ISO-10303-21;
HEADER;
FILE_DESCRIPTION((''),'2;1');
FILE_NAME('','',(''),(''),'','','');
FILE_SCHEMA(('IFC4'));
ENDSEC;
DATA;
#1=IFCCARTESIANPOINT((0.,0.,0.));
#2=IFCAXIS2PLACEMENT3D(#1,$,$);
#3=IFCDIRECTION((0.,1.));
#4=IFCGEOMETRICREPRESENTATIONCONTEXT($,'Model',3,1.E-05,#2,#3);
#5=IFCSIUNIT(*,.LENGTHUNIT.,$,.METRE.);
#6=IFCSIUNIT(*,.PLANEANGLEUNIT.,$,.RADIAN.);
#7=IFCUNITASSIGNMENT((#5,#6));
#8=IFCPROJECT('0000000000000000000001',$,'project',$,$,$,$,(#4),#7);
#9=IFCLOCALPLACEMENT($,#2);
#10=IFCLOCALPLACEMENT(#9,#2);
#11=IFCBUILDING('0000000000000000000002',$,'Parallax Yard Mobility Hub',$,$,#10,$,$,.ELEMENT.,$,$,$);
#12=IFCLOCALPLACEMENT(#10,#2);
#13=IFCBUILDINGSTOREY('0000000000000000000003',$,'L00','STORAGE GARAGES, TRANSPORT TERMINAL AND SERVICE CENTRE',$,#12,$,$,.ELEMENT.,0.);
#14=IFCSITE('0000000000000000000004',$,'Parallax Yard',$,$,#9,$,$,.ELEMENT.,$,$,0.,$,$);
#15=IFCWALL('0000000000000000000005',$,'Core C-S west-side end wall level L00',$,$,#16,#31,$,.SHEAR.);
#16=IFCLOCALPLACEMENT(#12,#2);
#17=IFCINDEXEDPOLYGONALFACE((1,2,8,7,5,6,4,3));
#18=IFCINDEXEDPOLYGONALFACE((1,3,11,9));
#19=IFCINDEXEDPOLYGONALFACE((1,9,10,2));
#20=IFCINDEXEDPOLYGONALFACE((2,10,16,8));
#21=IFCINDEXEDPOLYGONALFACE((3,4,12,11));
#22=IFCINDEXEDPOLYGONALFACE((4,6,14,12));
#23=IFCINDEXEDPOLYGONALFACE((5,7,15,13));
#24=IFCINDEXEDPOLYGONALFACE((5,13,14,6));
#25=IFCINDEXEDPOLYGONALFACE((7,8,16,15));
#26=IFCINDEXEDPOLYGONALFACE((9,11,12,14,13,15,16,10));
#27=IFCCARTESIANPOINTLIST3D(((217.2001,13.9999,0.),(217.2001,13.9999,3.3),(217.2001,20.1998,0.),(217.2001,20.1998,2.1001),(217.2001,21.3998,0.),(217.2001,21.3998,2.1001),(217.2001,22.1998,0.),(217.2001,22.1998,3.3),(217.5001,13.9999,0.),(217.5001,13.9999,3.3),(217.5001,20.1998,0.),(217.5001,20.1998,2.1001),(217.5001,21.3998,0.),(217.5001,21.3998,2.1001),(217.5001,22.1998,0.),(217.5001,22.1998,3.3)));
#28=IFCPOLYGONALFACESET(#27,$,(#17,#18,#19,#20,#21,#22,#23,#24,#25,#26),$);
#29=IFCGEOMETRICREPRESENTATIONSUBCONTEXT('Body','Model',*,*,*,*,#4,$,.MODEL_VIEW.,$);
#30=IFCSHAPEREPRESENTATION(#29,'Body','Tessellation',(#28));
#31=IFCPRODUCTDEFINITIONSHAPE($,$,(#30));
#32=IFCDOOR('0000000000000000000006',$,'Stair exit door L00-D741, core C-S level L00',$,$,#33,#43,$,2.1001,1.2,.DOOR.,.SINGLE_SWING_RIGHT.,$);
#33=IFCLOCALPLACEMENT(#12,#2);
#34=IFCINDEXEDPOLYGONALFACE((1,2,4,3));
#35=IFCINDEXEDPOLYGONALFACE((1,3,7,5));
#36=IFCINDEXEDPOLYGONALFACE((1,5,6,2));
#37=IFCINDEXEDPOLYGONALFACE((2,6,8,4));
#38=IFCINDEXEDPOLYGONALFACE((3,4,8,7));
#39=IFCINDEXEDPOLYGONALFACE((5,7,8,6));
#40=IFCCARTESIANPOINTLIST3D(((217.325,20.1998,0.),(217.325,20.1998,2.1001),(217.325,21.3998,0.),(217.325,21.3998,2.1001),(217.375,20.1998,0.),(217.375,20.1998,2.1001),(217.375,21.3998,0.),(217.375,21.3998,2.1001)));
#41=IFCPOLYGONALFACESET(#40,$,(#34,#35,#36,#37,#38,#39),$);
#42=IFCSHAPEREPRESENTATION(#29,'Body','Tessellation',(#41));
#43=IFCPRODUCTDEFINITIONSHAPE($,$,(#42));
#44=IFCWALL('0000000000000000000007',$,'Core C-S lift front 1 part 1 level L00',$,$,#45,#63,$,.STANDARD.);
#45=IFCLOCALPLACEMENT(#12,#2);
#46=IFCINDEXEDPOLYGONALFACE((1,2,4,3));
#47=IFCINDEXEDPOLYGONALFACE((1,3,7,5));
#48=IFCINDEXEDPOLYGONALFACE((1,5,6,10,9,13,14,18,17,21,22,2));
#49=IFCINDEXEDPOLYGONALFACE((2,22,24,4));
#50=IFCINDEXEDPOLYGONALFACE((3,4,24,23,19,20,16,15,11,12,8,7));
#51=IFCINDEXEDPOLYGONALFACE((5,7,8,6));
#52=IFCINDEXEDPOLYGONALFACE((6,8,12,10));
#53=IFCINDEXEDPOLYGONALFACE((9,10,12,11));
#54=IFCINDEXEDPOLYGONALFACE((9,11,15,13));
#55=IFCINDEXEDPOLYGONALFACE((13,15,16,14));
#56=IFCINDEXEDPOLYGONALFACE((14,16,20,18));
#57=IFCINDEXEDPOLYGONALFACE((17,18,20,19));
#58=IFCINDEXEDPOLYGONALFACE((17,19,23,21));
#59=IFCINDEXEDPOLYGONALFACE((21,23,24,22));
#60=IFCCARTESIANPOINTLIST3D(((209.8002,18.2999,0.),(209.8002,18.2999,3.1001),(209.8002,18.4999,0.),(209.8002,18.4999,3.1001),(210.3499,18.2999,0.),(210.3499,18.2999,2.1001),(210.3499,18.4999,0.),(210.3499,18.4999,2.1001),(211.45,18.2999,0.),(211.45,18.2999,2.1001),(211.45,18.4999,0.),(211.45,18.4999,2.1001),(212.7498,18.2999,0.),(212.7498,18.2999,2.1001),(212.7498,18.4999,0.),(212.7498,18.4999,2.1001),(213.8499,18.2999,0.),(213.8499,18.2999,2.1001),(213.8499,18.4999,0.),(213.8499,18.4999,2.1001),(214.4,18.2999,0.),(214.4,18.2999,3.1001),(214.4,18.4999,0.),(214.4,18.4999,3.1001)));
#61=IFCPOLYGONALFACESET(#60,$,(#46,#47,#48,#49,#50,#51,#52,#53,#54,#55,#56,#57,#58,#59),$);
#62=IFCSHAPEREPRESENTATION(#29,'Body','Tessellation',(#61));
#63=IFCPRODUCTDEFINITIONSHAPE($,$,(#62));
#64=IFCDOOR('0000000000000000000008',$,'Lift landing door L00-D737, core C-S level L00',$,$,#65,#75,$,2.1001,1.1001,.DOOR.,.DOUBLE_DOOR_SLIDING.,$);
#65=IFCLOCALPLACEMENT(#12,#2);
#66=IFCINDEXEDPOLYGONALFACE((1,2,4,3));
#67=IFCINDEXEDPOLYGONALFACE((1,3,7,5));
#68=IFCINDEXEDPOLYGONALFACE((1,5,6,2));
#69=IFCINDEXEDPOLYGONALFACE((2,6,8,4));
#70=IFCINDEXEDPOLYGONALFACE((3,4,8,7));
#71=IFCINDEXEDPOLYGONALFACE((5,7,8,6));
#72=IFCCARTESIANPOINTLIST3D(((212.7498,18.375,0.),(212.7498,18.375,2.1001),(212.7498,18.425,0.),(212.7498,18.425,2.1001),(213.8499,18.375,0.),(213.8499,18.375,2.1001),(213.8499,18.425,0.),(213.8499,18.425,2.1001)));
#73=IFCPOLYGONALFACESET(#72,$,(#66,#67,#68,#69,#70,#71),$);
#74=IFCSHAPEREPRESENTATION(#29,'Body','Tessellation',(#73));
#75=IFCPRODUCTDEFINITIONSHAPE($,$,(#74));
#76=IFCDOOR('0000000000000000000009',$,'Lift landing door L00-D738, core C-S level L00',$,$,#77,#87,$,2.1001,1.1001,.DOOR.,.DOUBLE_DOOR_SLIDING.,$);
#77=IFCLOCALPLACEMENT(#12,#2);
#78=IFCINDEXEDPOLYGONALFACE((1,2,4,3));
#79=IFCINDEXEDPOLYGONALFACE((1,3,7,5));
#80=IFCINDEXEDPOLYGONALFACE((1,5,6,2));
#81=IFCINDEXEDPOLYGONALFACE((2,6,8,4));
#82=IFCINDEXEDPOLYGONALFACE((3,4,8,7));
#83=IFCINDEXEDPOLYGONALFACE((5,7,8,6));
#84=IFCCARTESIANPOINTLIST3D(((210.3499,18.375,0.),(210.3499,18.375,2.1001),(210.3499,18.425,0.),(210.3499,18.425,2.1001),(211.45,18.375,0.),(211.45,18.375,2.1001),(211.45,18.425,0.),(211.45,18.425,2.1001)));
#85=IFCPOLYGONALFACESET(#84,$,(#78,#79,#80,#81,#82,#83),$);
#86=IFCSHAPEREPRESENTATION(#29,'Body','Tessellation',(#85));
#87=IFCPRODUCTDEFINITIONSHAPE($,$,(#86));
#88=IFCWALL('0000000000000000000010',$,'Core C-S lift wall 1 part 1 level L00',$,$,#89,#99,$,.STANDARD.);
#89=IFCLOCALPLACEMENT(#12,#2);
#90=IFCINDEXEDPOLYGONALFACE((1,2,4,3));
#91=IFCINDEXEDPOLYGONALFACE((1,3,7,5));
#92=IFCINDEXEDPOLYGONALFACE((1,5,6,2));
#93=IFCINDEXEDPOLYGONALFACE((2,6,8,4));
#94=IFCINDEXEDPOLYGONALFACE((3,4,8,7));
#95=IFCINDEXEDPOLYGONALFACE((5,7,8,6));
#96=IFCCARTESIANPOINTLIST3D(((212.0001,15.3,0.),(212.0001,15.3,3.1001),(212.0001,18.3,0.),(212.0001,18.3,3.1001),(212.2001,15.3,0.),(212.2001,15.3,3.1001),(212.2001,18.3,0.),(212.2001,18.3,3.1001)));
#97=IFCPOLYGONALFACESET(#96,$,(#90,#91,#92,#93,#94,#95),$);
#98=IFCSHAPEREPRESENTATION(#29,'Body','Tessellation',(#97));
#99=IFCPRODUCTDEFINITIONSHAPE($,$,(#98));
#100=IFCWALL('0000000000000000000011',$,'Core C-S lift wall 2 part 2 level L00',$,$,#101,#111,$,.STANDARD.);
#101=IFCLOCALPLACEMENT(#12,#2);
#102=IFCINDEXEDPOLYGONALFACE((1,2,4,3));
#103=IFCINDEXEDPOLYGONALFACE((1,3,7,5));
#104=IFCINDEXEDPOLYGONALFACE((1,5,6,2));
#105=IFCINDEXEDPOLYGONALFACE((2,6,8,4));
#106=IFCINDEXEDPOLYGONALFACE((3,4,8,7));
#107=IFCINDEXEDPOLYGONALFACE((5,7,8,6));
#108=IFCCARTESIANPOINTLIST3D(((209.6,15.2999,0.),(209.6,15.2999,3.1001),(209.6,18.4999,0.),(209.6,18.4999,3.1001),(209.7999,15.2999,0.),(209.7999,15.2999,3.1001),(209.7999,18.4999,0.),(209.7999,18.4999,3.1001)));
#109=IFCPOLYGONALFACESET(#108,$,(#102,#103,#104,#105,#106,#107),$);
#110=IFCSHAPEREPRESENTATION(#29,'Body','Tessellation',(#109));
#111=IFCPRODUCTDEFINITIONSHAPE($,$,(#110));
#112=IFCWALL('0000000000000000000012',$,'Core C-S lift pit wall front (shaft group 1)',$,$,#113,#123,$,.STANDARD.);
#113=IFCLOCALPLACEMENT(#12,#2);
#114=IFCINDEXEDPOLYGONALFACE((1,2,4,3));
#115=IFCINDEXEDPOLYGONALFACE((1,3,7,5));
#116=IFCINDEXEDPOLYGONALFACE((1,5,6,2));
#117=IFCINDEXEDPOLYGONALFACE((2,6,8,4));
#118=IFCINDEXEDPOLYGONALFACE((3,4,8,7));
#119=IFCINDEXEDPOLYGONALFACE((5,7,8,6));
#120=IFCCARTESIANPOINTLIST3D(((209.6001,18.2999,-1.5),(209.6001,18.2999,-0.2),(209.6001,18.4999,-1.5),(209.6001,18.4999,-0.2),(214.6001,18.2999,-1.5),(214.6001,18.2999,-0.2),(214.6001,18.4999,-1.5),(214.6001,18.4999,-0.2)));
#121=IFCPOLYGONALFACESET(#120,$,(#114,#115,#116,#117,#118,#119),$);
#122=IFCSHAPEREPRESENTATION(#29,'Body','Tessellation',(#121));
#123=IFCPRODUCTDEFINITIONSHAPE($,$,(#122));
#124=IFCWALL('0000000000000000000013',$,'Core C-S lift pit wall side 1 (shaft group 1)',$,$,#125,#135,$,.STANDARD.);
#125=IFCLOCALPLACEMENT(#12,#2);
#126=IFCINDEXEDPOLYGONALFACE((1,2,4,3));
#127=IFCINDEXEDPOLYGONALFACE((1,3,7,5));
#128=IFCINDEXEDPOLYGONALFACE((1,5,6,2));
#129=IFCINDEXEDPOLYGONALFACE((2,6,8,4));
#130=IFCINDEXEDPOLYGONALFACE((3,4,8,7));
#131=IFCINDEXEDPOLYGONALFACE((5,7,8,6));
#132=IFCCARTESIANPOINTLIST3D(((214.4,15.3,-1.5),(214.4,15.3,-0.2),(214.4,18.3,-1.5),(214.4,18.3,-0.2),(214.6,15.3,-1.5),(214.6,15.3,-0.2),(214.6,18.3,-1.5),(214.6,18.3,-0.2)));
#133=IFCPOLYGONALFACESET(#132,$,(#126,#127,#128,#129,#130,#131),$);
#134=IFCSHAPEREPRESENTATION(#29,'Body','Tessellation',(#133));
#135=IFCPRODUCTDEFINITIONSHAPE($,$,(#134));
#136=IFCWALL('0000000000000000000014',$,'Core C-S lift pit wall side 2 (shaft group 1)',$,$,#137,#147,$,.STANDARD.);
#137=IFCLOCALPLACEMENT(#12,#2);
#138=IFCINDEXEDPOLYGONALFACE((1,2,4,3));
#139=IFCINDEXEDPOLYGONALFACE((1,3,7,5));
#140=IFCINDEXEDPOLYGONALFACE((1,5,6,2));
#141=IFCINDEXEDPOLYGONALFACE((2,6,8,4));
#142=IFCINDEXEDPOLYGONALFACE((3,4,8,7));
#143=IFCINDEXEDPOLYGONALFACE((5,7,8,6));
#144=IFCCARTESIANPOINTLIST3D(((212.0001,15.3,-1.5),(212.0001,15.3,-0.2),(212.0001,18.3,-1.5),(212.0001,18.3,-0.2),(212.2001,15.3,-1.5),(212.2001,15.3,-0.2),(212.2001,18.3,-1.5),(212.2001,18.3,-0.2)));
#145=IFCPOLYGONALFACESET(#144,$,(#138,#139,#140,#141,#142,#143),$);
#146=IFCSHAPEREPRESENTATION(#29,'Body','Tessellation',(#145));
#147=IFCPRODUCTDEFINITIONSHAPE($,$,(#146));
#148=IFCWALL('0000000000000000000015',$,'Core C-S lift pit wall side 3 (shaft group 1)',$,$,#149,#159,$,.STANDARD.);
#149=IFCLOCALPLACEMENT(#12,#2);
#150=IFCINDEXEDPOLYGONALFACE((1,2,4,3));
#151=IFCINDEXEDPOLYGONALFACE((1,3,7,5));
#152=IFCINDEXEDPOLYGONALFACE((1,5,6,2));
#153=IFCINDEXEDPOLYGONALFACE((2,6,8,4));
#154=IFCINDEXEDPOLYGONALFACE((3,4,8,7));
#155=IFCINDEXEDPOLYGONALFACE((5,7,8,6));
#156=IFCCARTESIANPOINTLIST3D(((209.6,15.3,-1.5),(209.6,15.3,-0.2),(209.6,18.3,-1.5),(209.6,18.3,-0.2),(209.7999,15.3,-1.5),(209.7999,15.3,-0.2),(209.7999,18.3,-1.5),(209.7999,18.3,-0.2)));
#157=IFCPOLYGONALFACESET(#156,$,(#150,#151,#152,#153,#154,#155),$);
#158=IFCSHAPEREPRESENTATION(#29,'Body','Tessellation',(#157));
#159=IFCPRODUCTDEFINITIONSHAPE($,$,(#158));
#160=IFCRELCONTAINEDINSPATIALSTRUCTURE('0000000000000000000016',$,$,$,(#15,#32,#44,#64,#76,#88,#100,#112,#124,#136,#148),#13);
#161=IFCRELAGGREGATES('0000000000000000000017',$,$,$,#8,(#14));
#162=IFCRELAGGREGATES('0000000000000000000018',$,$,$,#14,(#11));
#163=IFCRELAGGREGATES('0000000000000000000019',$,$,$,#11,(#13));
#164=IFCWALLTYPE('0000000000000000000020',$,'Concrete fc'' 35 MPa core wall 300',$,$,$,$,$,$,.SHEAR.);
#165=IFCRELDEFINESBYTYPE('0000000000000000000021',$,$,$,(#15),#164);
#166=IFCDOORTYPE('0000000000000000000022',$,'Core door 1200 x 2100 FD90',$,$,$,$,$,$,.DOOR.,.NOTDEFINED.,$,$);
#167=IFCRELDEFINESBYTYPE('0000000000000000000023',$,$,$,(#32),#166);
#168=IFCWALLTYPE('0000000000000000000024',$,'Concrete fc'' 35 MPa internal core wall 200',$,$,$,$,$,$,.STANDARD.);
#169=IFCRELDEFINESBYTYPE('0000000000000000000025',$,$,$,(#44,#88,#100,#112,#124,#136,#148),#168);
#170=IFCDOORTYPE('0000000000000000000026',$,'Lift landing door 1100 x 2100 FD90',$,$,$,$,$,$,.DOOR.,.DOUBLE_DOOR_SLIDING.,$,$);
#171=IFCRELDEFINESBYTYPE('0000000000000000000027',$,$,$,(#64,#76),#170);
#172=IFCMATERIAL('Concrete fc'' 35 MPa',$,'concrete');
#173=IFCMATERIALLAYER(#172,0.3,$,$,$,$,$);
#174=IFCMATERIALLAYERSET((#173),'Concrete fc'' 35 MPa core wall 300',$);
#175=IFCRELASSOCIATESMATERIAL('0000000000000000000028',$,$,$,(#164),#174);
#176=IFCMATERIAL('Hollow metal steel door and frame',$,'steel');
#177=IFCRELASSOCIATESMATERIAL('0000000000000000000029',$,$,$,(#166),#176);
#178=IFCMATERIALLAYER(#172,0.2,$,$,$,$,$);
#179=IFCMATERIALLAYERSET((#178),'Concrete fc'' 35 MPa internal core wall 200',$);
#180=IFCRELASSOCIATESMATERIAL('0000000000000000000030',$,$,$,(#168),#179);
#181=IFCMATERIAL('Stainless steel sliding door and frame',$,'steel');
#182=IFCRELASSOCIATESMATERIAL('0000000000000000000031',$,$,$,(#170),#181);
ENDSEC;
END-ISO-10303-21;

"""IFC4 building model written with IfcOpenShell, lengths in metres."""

from ifc_helpers import new_model, si_unit, direction, frame, frame_2d, origin, place, context, subcontext, project, spatial, rectangle, extrude, material, layer, layer_set, type_object, element, fill, save


model = new_model("IFC4")

# Units and contexts
model_context = context("Model", 3, precision=1e-05, world=origin(), true_north=direction((0.0, 1.0)))
body_context = subcontext(model_context, "Body", "Model", "MODEL_VIEW")
ifc_project = project(units=[si_unit("LENGTHUNIT", "METRE"), si_unit("PLANEANGLEUNIT", "RADIAN")], contexts=[model_context])

# Site, building, storey
site_placement = place(None, origin())
site = spatial("IfcSite", under=ifc_project, at=site_placement, Name="Parallax Yard", CompositionType="ELEMENT", RefElevation=0.0)
building_placement = place(site_placement, origin())
building = spatial("IfcBuilding", under=site, at=building_placement, Name="Parallax Yard Mobility Hub", CompositionType="ELEMENT")
storey_placement = place(building_placement, origin())
storey = spatial("IfcBuildingStorey", under=building, at=storey_placement, Name="L00", Description="STORAGE GARAGES, TRANSPORT TERMINAL AND SERVICE CENTRE", CompositionType="ELEMENT", Elevation=0.0)

# Wall, opening, door
ifc_material_1 = material(Name="Concrete fc' 35 MPa", Category="concrete")
ifc_layer_1 = layer(ifc_material_1, 0.3)
ifc_layer_set_1 = layer_set([ifc_layer_1], Name="Concrete fc' 35 MPa core wall 300")
wall_type_1 = type_object("IfcWallType", Name="Concrete fc' 35 MPa core wall 300", PredefinedType="SHEAR", material=ifc_layer_set_1)
wall_1_placement = place(storey_placement, frame((217.3501, 22.2, 0.0), z_axis=(0.0, 0.0, 1.0), x_axis=(0.0, -1.0, 0.0)))
wall_1 = element("IfcWall", 1, at=wall_1_placement, inside=storey, type_object=wall_type_1, Name="Core C-S west-side end wall level L00", PredefinedType="SHEAR", context=body_context, shape_type="SweptSolid", body=[
    extrude(rectangle(XDim=8.2, YDim=0.3, at=frame_2d((4.1001, 0.0))), origin(), (0.0, 0.0, 1.0), 3.3),
])
opening_1_placement = place(wall_1_placement, frame((0.8, 0.0, 0.0)))
opening_1 = element("IfcOpeningElement", 2, at=opening_1_placement, cuts=wall_1, PredefinedType="OPENING", context=body_context, shape_type="SweptSolid", body=[
    extrude(rectangle(XDim=1.2, YDim=2.1001, at=frame_2d((0.6001, 1.05))), frame((0.0, 0.1602, 0.0), z_axis=(0.0, -1.0, 0.0), x_axis=(1.0, 0.0, 0.0)), (0.0, 0.0, 1.0), 0.3201),
])
ifc_material_2 = material(Name="Hollow metal steel door and frame", Category="steel")
door_type_1 = type_object("IfcDoorType", Name="Core door 1200 x 2100 FD90", OperationType="NOTDEFINED", PredefinedType="DOOR", material=ifc_material_2)
door_1_placement = place(opening_1_placement, origin())
door_1 = element("IfcDoor", 3, at=door_1_placement, inside=storey, type_object=door_type_1, Name="Stair exit door L00-D741, core C-S level L00", OperationType="SINGLE_SWING_RIGHT", OverallHeight=2.1001, OverallWidth=1.2, PredefinedType="DOOR", context=body_context, shape_type="SweptSolid", body=[
    extrude(rectangle(XDim=1.2, YDim=2.1001, at=frame_2d((0.6001, 1.05))), frame((0.0, 0.0249, 0.0), z_axis=(0.0, -1.0, 0.0), x_axis=(1.0, 0.0, 0.0)), (0.0, 0.0, 1.0), 0.05),
])
fill(opening_1, door_1)

# Wall, openings, doors
ifc_layer_2 = layer(ifc_material_1, 0.2)
ifc_layer_set_2 = layer_set([ifc_layer_2], Name="Concrete fc' 35 MPa internal core wall 200")
wall_type_2 = type_object("IfcWallType", Name="Concrete fc' 35 MPa internal core wall 200", PredefinedType="STANDARD", material=ifc_layer_set_2)
wall_2_placement = place(storey_placement, frame((214.3999, 18.3999, 0.0), z_axis=(0.0, 0.0, 1.0), x_axis=(-1.0, 0.0, 0.0)))
wall_2 = element("IfcWall", 4, at=wall_2_placement, inside=storey, type_object=wall_type_2, Name="Core C-S lift front 1 part 1 level L00", PredefinedType="STANDARD", context=body_context, shape_type="SweptSolid", body=[
    extrude(rectangle(XDim=4.5999, YDim=0.2, at=frame_2d((2.2998, 0.0))), origin(), (0.0, 0.0, 1.0), 3.1001),
])
opening_2_placement = place(wall_2_placement, frame((0.55, 0.0, 0.0)))
opening_2 = element("IfcOpeningElement", 5, at=opening_2_placement, cuts=wall_2, PredefinedType="OPENING", context=body_context, shape_type="SweptSolid", body=[
    extrude(rectangle(XDim=1.1001, YDim=2.1001, at=frame_2d((0.55, 1.05))), frame((0.0, 0.1099, 0.0), z_axis=(0.0, -1.0, 0.0), x_axis=(1.0, 0.0, 0.0)), (0.0, 0.0, 1.0), 0.22),
])
opening_3_placement = place(wall_2_placement, frame((2.95, 0.0, 0.0)))
opening_3 = element("IfcOpeningElement", 6, at=opening_3_placement, cuts=wall_2, PredefinedType="OPENING", context=body_context, shape_type="SweptSolid", body=[
    extrude(rectangle(XDim=1.1001, YDim=2.1001, at=frame_2d((0.55, 1.05))), frame((0.0, 0.1099, 0.0), z_axis=(0.0, -1.0, 0.0), x_axis=(1.0, 0.0, 0.0)), (0.0, 0.0, 1.0), 0.22),
])
ifc_material_3 = material(Name="Stainless steel sliding door and frame", Category="steel")
door_type_2 = type_object("IfcDoorType", Name="Lift landing door 1100 x 2100 FD90", OperationType="DOUBLE_DOOR_SLIDING", PredefinedType="DOOR", material=ifc_material_3)
door_2_placement = place(opening_2_placement, origin())
door_2 = element("IfcDoor", 7, at=door_2_placement, inside=storey, type_object=door_type_2, Name="Lift landing door L00-D737, core C-S level L00", OperationType="DOUBLE_DOOR_SLIDING", OverallHeight=2.1001, OverallWidth=1.1001, PredefinedType="DOOR", context=body_context, shape_type="SweptSolid", body=[
    extrude(rectangle(XDim=1.1001, YDim=2.1001, at=frame_2d((0.55, 1.05))), frame((0.0, 0.0249, 0.0), z_axis=(0.0, -1.0, 0.0), x_axis=(1.0, 0.0, 0.0)), (0.0, 0.0, 1.0), 0.05),
])
fill(opening_2, door_2)
door_3_placement = place(opening_3_placement, origin())
door_3 = element("IfcDoor", 8, at=door_3_placement, inside=storey, type_object=door_type_2, Name="Lift landing door L00-D738, core C-S level L00", OperationType="DOUBLE_DOOR_SLIDING", OverallHeight=2.1001, OverallWidth=1.1001, PredefinedType="DOOR", context=body_context, shape_type="SweptSolid", body=[
    extrude(rectangle(XDim=1.1001, YDim=2.1001, at=frame_2d((0.55, 1.05))), frame((0.0, 0.0249, 0.0), z_axis=(0.0, -1.0, 0.0), x_axis=(1.0, 0.0, 0.0)), (0.0, 0.0, 1.0), 0.05),
])
fill(opening_3, door_3)

# Walls
wall_3_placement = place(storey_placement, frame((212.1001, 18.3, 0.0), z_axis=(0.0, 0.0, 1.0), x_axis=(0.0, -1.0, 0.0)))
element("IfcWall", 9, at=wall_3_placement, inside=storey, type_object=wall_type_2, Name="Core C-S lift wall 1 part 1 level L00", PredefinedType="STANDARD", context=body_context, shape_type="SweptSolid", body=[
    extrude(rectangle(XDim=3.0, YDim=0.2, at=frame_2d((1.5, 0.0))), origin(), (0.0, 0.0, 1.0), 3.1001),
])
wall_4_placement = place(storey_placement, frame((209.7, 18.5, 0.0), z_axis=(0.0, 0.0, 1.0), x_axis=(0.0, -1.0, 0.0)))
element("IfcWall", 10, at=wall_4_placement, inside=storey, type_object=wall_type_2, Name="Core C-S lift wall 2 part 2 level L00", PredefinedType="STANDARD", context=body_context, shape_type="SweptSolid", body=[
    extrude(rectangle(XDim=3.2, YDim=0.2, at=frame_2d((1.6001, 0.0))), origin(), (0.0, 0.0, 1.0), 3.1001),
])
wall_5_placement = place(storey_placement, frame((214.6001, 18.3999, -1.5), z_axis=(0.0, 0.0, 1.0), x_axis=(-1.0, 0.0, 0.0)))
element("IfcWall", 11, at=wall_5_placement, inside=storey, type_object=wall_type_2, Name="Core C-S lift pit wall front (shaft group 1)", PredefinedType="STANDARD", context=body_context, shape_type="SweptSolid", body=[
    extrude(rectangle(XDim=5.0, YDim=0.2, at=frame_2d((2.5, 0.0))), origin(), (0.0, 0.0, 1.0), 1.3),
])
for number, where, z_axis, x_axis, name in (
    (12, (214.5, 18.3, -1.5), (0.0, 0.0, 1.0), (0.0, -1.0, 0.0), "Core C-S lift pit wall side 1 (shaft group 1)"),
    (13, (212.1001, 18.3, -1.5), (0.0, 0.0, 1.0), (0.0, -1.0, 0.0), "Core C-S lift pit wall side 2 (shaft group 1)"),
    (14, (209.7, 18.3, -1.5), (0.0, 0.0, 1.0), (0.0, -1.0, 0.0), "Core C-S lift pit wall side 3 (shaft group 1)"),
):
    element("IfcWall", number, at=place(storey_placement, frame(where, z_axis=z_axis, x_axis=x_axis)), inside=storey, type_object=wall_type_2, Name=name, PredefinedType="STANDARD", context=body_context, shape_type="SweptSolid", body=[
        extrude(rectangle(XDim=3.0, YDim=0.2, at=frame_2d((1.5, 0.0))), origin(), (0.0, 0.0, 1.0), 1.3),
    ])

save(model, "model.ifc")
